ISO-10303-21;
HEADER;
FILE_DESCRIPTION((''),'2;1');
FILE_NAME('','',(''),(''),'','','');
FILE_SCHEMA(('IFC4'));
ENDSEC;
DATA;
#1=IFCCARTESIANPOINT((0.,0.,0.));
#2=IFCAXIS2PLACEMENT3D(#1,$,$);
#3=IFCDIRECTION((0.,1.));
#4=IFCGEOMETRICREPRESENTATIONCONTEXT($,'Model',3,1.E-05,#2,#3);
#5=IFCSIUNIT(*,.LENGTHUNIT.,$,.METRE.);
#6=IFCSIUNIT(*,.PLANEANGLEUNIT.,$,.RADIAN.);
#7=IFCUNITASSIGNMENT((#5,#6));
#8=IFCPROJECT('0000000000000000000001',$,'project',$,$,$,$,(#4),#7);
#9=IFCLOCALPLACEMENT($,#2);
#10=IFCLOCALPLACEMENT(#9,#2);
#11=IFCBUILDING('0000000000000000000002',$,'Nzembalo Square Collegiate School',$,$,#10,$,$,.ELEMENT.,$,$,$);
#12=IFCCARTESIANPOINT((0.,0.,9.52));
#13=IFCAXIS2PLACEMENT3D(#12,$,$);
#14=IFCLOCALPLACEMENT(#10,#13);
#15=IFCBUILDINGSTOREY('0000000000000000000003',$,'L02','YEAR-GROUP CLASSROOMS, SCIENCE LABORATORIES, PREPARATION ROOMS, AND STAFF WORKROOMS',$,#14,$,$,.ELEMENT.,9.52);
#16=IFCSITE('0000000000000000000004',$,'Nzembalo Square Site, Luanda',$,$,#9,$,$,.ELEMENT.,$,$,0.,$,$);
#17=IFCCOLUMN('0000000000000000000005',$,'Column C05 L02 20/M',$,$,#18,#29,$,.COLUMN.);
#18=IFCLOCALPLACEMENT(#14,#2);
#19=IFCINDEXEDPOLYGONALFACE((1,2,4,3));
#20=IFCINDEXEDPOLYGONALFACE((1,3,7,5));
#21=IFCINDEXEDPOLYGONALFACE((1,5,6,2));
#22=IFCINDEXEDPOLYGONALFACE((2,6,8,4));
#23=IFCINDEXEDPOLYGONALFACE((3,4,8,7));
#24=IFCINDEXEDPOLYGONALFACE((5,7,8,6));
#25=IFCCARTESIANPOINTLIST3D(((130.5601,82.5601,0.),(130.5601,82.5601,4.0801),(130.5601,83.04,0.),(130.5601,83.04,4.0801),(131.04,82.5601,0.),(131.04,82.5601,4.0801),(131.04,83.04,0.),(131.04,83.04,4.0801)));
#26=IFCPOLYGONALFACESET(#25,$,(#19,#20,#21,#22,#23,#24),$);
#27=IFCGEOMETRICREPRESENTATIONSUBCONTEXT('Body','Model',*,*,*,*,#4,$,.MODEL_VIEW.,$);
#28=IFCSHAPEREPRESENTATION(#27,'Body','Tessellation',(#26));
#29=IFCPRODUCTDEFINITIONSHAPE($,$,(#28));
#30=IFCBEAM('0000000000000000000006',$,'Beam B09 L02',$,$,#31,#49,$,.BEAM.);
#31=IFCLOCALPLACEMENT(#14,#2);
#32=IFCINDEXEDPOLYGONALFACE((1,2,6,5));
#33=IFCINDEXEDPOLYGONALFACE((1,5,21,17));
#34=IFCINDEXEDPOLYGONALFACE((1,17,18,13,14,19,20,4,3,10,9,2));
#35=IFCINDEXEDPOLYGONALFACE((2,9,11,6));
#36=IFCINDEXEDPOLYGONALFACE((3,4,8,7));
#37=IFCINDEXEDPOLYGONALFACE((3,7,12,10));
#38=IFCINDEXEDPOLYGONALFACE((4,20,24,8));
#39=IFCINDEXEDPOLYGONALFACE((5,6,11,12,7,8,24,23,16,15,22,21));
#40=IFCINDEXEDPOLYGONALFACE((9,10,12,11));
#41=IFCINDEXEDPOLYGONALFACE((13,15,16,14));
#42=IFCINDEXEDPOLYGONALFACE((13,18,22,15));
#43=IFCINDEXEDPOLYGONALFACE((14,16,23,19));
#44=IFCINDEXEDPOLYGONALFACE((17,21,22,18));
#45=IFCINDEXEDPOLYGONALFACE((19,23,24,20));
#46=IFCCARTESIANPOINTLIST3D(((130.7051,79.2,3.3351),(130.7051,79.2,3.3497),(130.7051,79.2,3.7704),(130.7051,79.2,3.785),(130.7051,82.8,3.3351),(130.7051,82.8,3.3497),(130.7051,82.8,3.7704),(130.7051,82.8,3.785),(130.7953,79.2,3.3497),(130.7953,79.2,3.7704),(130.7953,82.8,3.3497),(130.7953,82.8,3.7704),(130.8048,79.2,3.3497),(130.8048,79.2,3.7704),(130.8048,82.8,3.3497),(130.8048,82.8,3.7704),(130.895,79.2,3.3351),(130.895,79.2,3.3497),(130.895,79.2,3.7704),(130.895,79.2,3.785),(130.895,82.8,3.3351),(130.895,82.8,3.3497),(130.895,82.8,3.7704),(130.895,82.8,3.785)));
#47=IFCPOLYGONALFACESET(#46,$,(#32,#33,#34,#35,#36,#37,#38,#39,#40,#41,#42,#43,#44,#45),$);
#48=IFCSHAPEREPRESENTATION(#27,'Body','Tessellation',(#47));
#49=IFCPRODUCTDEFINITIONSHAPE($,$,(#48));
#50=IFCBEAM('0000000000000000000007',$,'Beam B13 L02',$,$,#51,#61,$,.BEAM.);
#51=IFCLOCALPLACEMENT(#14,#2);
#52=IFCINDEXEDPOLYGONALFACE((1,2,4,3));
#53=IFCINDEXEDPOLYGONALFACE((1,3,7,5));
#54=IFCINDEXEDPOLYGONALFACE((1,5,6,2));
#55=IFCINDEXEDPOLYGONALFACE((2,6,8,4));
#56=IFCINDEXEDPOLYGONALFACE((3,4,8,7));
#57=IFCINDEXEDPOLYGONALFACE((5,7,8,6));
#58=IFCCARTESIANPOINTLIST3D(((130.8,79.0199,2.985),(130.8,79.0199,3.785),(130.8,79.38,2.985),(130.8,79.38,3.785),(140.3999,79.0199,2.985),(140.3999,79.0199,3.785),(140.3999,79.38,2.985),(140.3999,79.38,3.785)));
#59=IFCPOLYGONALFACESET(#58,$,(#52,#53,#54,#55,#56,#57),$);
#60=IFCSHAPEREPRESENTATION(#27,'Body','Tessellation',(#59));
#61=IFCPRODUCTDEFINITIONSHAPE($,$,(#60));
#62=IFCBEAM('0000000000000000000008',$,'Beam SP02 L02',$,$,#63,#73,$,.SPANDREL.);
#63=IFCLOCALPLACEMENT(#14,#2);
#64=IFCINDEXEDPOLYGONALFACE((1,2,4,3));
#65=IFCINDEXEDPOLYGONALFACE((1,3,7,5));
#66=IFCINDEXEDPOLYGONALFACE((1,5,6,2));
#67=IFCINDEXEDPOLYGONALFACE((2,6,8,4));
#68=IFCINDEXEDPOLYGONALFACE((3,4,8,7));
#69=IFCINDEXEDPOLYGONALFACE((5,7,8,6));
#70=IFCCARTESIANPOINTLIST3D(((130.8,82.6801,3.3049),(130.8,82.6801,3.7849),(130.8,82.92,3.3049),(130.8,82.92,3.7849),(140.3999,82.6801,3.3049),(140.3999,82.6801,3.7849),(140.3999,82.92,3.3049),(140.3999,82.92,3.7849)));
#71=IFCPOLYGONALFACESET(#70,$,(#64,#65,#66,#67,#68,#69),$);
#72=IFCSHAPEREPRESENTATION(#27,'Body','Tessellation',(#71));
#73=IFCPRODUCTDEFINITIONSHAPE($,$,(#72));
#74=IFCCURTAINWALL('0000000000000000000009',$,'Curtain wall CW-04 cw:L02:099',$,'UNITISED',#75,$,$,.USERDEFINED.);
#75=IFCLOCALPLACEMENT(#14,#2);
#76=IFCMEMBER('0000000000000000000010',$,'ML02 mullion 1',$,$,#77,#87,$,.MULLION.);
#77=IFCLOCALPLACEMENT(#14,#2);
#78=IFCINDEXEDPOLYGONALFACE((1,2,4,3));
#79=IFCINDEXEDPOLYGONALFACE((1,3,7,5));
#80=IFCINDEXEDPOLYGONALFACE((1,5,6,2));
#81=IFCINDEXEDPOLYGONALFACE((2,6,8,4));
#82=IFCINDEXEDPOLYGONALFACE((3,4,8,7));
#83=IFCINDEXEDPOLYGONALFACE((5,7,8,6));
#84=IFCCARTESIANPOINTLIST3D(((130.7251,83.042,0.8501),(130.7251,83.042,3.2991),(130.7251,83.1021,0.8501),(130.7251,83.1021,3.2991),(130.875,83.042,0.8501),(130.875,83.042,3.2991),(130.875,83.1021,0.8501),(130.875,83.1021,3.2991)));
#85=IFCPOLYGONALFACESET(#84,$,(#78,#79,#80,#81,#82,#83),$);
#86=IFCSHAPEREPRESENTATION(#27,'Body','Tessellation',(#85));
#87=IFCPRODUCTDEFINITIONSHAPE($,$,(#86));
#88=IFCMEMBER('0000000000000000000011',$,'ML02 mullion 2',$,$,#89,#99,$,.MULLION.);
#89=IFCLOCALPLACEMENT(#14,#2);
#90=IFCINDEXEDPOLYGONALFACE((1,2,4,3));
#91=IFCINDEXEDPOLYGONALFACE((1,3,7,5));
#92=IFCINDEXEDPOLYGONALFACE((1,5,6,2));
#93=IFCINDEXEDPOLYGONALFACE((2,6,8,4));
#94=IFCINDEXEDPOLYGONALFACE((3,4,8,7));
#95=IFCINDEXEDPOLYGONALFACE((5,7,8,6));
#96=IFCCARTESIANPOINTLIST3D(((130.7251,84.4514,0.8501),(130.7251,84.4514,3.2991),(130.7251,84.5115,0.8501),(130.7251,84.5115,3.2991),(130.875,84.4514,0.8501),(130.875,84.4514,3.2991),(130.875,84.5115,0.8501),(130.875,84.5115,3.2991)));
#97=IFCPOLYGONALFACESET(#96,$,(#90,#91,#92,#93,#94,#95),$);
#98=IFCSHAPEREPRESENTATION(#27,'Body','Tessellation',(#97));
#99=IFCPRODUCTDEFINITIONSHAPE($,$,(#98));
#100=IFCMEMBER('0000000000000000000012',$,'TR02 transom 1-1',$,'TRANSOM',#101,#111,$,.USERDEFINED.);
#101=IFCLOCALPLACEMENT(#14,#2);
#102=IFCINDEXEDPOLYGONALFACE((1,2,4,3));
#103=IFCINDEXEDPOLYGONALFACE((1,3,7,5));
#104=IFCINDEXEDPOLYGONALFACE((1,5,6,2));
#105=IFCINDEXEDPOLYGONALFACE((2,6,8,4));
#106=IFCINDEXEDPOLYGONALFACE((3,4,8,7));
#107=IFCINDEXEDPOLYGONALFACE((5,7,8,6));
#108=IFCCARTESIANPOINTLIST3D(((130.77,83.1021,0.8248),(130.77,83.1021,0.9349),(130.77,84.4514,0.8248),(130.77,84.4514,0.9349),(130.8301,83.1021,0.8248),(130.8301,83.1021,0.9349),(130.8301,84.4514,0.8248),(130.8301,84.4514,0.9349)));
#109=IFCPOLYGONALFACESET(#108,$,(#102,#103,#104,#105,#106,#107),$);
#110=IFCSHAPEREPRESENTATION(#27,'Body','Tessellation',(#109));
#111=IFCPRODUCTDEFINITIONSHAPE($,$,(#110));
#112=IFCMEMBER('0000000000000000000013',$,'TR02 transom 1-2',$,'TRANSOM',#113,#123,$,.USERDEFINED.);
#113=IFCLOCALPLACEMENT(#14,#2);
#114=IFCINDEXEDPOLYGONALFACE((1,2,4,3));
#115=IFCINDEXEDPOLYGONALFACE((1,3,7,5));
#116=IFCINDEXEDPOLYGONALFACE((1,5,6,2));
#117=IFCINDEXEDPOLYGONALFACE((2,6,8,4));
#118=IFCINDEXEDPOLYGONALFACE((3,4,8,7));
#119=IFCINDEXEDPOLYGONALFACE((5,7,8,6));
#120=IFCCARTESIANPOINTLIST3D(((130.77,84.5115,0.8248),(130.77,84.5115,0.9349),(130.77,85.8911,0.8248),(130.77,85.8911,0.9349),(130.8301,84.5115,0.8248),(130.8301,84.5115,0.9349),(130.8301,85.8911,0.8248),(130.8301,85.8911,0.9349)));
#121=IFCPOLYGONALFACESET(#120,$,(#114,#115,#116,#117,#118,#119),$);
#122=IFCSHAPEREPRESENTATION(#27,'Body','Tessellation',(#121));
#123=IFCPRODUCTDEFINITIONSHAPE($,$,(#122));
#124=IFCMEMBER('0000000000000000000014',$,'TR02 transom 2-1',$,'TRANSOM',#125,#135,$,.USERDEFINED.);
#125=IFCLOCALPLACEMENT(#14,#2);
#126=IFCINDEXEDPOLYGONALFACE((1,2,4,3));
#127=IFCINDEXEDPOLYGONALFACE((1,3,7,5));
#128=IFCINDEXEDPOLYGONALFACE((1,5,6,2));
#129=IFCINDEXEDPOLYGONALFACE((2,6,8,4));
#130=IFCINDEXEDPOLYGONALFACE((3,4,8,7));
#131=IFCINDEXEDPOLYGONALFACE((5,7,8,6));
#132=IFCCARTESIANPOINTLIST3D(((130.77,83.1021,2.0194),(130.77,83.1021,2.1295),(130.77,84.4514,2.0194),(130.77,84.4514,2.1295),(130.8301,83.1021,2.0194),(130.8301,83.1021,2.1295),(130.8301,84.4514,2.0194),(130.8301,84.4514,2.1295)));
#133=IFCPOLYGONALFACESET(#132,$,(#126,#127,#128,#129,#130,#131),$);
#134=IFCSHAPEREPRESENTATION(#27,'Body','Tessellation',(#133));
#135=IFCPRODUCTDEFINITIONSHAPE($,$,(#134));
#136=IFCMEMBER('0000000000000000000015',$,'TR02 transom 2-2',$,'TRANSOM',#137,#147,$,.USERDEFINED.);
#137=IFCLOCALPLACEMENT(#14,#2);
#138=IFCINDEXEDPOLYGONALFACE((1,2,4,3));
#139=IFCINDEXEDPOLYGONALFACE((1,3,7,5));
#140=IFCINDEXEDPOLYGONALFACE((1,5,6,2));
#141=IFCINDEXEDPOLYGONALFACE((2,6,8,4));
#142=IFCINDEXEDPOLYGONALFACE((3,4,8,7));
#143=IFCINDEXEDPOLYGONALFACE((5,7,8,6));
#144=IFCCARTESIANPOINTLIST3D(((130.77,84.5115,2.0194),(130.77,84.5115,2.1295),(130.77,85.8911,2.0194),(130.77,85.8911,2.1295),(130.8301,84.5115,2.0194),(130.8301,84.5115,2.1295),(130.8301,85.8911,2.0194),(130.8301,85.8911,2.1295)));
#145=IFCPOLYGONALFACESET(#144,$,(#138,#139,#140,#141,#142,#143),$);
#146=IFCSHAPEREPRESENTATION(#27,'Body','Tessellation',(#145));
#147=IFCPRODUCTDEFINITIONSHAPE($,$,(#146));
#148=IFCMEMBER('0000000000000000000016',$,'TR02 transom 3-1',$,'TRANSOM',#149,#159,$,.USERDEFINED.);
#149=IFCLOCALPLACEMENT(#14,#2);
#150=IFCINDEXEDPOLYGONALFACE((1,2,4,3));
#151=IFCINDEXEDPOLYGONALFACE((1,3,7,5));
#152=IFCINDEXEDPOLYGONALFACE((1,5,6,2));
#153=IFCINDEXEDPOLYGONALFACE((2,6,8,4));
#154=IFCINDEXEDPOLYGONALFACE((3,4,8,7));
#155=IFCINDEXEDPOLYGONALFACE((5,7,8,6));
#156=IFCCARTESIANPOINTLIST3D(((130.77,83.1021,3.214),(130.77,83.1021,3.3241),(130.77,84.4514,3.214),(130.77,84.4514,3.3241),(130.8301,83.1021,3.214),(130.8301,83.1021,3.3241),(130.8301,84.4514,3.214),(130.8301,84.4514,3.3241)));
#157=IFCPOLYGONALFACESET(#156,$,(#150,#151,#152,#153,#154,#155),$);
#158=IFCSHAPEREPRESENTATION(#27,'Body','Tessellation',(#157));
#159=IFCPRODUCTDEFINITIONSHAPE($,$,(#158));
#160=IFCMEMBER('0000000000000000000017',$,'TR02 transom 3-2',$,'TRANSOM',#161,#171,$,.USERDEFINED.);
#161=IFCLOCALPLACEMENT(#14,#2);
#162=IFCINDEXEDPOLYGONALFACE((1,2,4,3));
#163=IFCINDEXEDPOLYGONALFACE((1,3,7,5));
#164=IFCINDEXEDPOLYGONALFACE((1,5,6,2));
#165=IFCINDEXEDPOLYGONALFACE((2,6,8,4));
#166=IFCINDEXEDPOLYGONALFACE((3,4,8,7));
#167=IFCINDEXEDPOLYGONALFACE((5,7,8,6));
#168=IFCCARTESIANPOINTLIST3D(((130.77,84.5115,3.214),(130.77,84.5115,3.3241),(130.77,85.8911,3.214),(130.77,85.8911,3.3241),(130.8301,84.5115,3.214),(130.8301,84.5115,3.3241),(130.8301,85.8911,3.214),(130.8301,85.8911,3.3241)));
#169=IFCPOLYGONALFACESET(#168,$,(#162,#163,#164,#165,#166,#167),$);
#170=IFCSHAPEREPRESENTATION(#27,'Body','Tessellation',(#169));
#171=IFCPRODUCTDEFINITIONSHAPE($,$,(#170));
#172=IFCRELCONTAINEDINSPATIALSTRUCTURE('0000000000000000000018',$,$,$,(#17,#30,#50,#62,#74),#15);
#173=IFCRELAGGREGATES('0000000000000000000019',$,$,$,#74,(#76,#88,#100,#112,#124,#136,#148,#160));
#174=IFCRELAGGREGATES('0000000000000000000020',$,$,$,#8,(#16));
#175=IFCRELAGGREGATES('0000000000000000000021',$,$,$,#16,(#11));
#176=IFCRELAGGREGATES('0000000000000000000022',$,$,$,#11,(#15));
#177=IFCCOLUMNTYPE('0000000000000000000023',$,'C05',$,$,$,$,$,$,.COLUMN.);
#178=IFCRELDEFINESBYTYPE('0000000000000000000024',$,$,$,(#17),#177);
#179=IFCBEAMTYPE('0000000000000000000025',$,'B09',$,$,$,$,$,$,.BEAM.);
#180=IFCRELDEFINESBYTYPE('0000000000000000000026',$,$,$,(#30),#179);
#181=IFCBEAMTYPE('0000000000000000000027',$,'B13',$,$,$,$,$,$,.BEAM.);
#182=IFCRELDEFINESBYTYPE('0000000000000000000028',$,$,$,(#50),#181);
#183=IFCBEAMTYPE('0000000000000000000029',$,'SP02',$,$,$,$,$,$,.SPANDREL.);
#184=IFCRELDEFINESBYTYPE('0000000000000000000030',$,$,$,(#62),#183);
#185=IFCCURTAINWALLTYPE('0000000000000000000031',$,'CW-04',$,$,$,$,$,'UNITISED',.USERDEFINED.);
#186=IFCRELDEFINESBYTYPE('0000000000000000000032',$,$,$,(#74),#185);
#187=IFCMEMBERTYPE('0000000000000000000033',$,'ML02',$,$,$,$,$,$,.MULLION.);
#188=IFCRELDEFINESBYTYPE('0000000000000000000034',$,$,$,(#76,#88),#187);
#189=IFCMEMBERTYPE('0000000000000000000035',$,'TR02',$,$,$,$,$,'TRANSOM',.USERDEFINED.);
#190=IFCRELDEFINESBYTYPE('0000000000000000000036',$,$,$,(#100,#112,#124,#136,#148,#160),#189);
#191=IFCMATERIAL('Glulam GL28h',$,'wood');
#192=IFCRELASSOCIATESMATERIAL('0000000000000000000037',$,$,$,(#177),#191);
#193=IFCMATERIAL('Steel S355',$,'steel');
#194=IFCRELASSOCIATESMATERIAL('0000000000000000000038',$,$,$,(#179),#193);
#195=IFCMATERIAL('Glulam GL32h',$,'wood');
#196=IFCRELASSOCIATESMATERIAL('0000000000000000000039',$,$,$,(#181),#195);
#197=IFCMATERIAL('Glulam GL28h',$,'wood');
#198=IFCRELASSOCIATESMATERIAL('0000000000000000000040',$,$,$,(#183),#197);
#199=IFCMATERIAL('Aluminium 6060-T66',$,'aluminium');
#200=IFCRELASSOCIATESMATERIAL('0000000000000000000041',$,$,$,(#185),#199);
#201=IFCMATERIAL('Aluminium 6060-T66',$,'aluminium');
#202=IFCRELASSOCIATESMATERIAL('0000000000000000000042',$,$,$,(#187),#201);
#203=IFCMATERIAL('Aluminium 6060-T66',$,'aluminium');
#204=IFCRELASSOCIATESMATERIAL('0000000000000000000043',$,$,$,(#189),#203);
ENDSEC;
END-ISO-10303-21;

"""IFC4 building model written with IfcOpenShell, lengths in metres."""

from ifc_helpers import new_model, si_unit, direction, frame, origin, origin_2d, place, context, subcontext, project, spatial, rectangle, i_section, extrude, material, material_profile, profile_set, type_object, element, aggregate, save


model = new_model("IFC4")

# Units and contexts
model_context = context("Model", 3, precision=1e-05, world=origin(), true_north=direction((0.0, 1.0)))
body_context = subcontext(model_context, "Body", "Model", "MODEL_VIEW")
ifc_project = project(units=[si_unit("LENGTHUNIT", "METRE"), si_unit("PLANEANGLEUNIT", "RADIAN")], contexts=[model_context])

# Site, building, storey
site_placement = place(None, origin())
site = spatial("IfcSite", under=ifc_project, at=site_placement, Name="Nzembalo Square Site, Luanda", CompositionType="ELEMENT", RefElevation=0.0)
building_placement = place(site_placement, origin())
building = spatial("IfcBuilding", under=site, at=building_placement, Name="Nzembalo Square Collegiate School", CompositionType="ELEMENT")
storey_placement = place(building_placement, frame((0.0, 0.0, 9.52)))
storey = spatial("IfcBuildingStorey", under=building, at=storey_placement, Name="L02", Description="YEAR-GROUP CLASSROOMS, SCIENCE LABORATORIES, PREPARATION ROOMS, AND STAFF WORKROOMS", CompositionType="ELEMENT", Elevation=9.52)

# Column
ifc_material_1 = material(Name="Glulam GL28h", Category="wood")
ifc_material_profile_1 = material_profile(ifc_material_1, rectangle(XDim=0.48, YDim=0.48, at=origin_2d()), Name="GL28h 480x480")
ifc_profile_set_1 = profile_set([ifc_material_profile_1], Name="Glulam GL28h")
column_type = type_object("IfcColumnType", Name="C05", PredefinedType="COLUMN", material=ifc_profile_set_1)
column_placement = place(storey_placement, frame((130.8, 82.8, 0.0), z_axis=(0.0, 0.0, 1.0), x_axis=(1.0, 0.0, 0.0)))
element("IfcColumn", 1, at=column_placement, inside=storey, type_object=column_type, Name="Column C05 L02 20/M", PredefinedType="COLUMN", context=body_context, shape_type="SweptSolid", body=[
    extrude(rectangle(XDim=0.48, YDim=0.48, at=origin_2d()), origin(), (0.0, 0.0, 1.0), 4.0801),
])

# Beams
ifc_material_2 = material(Name="Steel S355", Category="steel")
ifc_material_profile_2 = material_profile(ifc_material_2, i_section(OverallWidth=0.1899, OverallDepth=0.45, WebThickness=0.0095, FlangeThickness=0.0146, at=origin_2d()), Name="IPE 450")
ifc_profile_set_2 = profile_set([ifc_material_profile_2], Name="Steel S355")
beam_type_1 = type_object("IfcBeamType", Name="B09", PredefinedType="BEAM", material=ifc_profile_set_2)
beam_1_placement = place(storey_placement, frame((130.8, 79.2, 3.5601), z_axis=(0.0, 1.0, 0.0), x_axis=(-1.0, 0.0, 0.0)))
element("IfcBeam", 2, at=beam_1_placement, inside=storey, type_object=beam_type_1, Name="Beam B09 L02", PredefinedType="BEAM", context=body_context, shape_type="SweptSolid", body=[
    extrude(i_section(OverallWidth=0.1899, OverallDepth=0.45, WebThickness=0.0095, FlangeThickness=0.0146, at=origin_2d()), origin(), (0.0, 0.0, 1.0), 3.6001),
])
ifc_material_3 = material(Name="Glulam GL32h", Category="wood")
ifc_material_profile_3 = material_profile(ifc_material_3, rectangle(XDim=0.3601, YDim=0.8, at=origin_2d()), Name="GL32h 360x800")
ifc_profile_set_3 = profile_set([ifc_material_profile_3], Name="Glulam GL32h")
beam_type_2 = type_object("IfcBeamType", Name="B13", PredefinedType="BEAM", material=ifc_profile_set_3)
beam_2_placement = place(storey_placement, frame((130.8, 79.2, 3.385), z_axis=(1.0, 0.0, 0.0), x_axis=(0.0, 1.0, 0.0)))
element("IfcBeam", 3, at=beam_2_placement, inside=storey, type_object=beam_type_2, Name="Beam B13 L02", PredefinedType="BEAM", context=body_context, shape_type="SweptSolid", body=[
    extrude(rectangle(XDim=0.3601, YDim=0.8, at=origin_2d()), origin(), (0.0, 0.0, 1.0), 9.5999),
])
ifc_material_4 = material(Name="Glulam GL28h", Category="wood")
ifc_material_profile_4 = material_profile(ifc_material_4, rectangle(XDim=0.24, YDim=0.48, at=origin_2d()), Name="GL28h 240x480")
ifc_profile_set_4 = profile_set([ifc_material_profile_4], Name="Glulam GL28h")
beam_type_3 = type_object("IfcBeamType", Name="SP02", PredefinedType="SPANDREL", material=ifc_profile_set_4)
beam_3_placement = place(storey_placement, frame((130.8, 82.8, 3.5449), z_axis=(1.0, 0.0, 0.0), x_axis=(0.0, 1.0, 0.0)))
element("IfcBeam", 4, at=beam_3_placement, inside=storey, type_object=beam_type_3, Name="Beam SP02 L02", PredefinedType="SPANDREL", context=body_context, shape_type="SweptSolid", body=[
    extrude(rectangle(XDim=0.24, YDim=0.48, at=origin_2d()), origin(), (0.0, 0.0, 1.0), 9.5999),
])

# Curtain wall, members
ifc_material_5 = material(Name="Aluminium 6060-T66", Category="aluminium")
curtain_wall_type = type_object("IfcCurtainWallType", Name="CW-04", ElementType="UNITISED", PredefinedType="USERDEFINED", material=ifc_material_5)
curtain_wall_placement = place(storey_placement, origin())
curtain_wall = element("IfcCurtainWall", 5, at=curtain_wall_placement, inside=storey, type_object=curtain_wall_type, Name="Curtain wall CW-04 cw:L02:099", ObjectType="UNITISED", PredefinedType="USERDEFINED")
ifc_material_6 = material(Name="Aluminium 6060-T66", Category="aluminium")
ifc_material_profile_5 = material_profile(ifc_material_6, rectangle(XDim=0.0601, YDim=0.1499, at=origin_2d()), Name="ALU M60x150")
ifc_profile_set_5 = profile_set([ifc_material_profile_5], Name="Aluminium 6060-T66")
member_type_1 = type_object("IfcMemberType", Name="ML02", PredefinedType="MULLION", material=ifc_profile_set_5)
member_1_placement = place(storey_placement, frame((130.8, 83.072, 0.8501), z_axis=(0.0, 0.0, 1.0), x_axis=(0.0, 1.0, 0.0)))
member_1 = element("IfcMember", 6, at=member_1_placement, type_object=member_type_1, Name="ML02 mullion 1", PredefinedType="MULLION", context=body_context, shape_type="SweptSolid", body=[
    extrude(rectangle(XDim=0.0601, YDim=0.1499, at=origin_2d()), origin(), (0.0, 0.0, 1.0), 2.449),
])
member_2_placement = place(storey_placement, frame((130.8, 84.4814, 0.8501), z_axis=(0.0, 0.0, 1.0), x_axis=(0.0, 1.0, 0.0)))
member_2 = element("IfcMember", 7, at=member_2_placement, type_object=member_type_1, Name="ML02 mullion 2", PredefinedType="MULLION", context=body_context, shape_type="SweptSolid", body=[
    extrude(rectangle(XDim=0.0601, YDim=0.1499, at=origin_2d()), origin(), (0.0, 0.0, 1.0), 2.449),
])
ifc_material_7 = material(Name="Aluminium 6060-T66", Category="aluminium")
ifc_material_profile_6 = material_profile(ifc_material_7, rectangle(XDim=0.0601, YDim=0.1101, at=origin_2d()), Name="ALU T60x110")
ifc_profile_set_6 = profile_set([ifc_material_profile_6], Name="Aluminium 6060-T66")
member_type_2 = type_object("IfcMemberType", Name="TR02", ElementType="TRANSOM", PredefinedType="USERDEFINED", material=ifc_profile_set_6)
member_3_placement = place(storey_placement, frame((130.8, 83.1021, 0.8799), z_axis=(0.0, 1.0, 0.0), x_axis=(-1.0, 0.0, 0.0)))
member_3 = element("IfcMember", 8, at=member_3_placement, type_object=member_type_2, Name="TR02 transom 1-1", ObjectType="TRANSOM", PredefinedType="USERDEFINED", context=body_context, shape_type="SweptSolid", body=[
    extrude(rectangle(XDim=0.0601, YDim=0.1101, at=origin_2d()), origin(), (0.0, 0.0, 1.0), 1.3494),
])
member_4_placement = place(storey_placement, frame((130.8, 84.5115, 0.8799), z_axis=(0.0, 1.0, 0.0), x_axis=(-1.0, 0.0, 0.0)))
member_4 = element("IfcMember", 9, at=member_4_placement, type_object=member_type_2, Name="TR02 transom 1-2", ObjectType="TRANSOM", PredefinedType="USERDEFINED", context=body_context, shape_type="SweptSolid", body=[
    extrude(rectangle(XDim=0.0601, YDim=0.1101, at=origin_2d()), origin(), (0.0, 0.0, 1.0), 1.3796),
])
member_5_placement = place(storey_placement, frame((130.8, 83.1021, 2.0745), z_axis=(0.0, 1.0, 0.0), x_axis=(-1.0, 0.0, 0.0)))
member_5 = element("IfcMember", 10, at=member_5_placement, type_object=member_type_2, Name="TR02 transom 2-1", ObjectType="TRANSOM", PredefinedType="USERDEFINED", context=body_context, shape_type="SweptSolid", body=[
    extrude(rectangle(XDim=0.0601, YDim=0.1101, at=origin_2d()), origin(), (0.0, 0.0, 1.0), 1.3494),
])
member_6_placement = place(storey_placement, frame((130.8, 84.5115, 2.0745), z_axis=(0.0, 1.0, 0.0), x_axis=(-1.0, 0.0, 0.0)))
member_6 = element("IfcMember", 11, at=member_6_placement, type_object=member_type_2, Name="TR02 transom 2-2", ObjectType="TRANSOM", PredefinedType="USERDEFINED", context=body_context, shape_type="SweptSolid", body=[
    extrude(rectangle(XDim=0.0601, YDim=0.1101, at=origin_2d()), origin(), (0.0, 0.0, 1.0), 1.3796),
])
member_7_placement = place(storey_placement, frame((130.8, 83.1021, 3.269), z_axis=(0.0, 1.0, 0.0), x_axis=(-1.0, 0.0, 0.0)))
member_7 = element("IfcMember", 12, at=member_7_placement, type_object=member_type_2, Name="TR02 transom 3-1", ObjectType="TRANSOM", PredefinedType="USERDEFINED", context=body_context, shape_type="SweptSolid", body=[
    extrude(rectangle(XDim=0.0601, YDim=0.1101, at=origin_2d()), origin(), (0.0, 0.0, 1.0), 1.3494),
])
member_8_placement = place(storey_placement, frame((130.8, 84.5115, 3.269), z_axis=(0.0, 1.0, 0.0), x_axis=(-1.0, 0.0, 0.0)))
member_8 = element("IfcMember", 13, at=member_8_placement, type_object=member_type_2, Name="TR02 transom 3-2", ObjectType="TRANSOM", PredefinedType="USERDEFINED", context=body_context, shape_type="SweptSolid", body=[
    extrude(rectangle(XDim=0.0601, YDim=0.1101, at=origin_2d()), origin(), (0.0, 0.0, 1.0), 1.3796),
])
aggregate(curtain_wall, [member_1, member_2, member_3, member_4, member_5, member_6, member_7, member_8])

save(model, "model.ifc")
